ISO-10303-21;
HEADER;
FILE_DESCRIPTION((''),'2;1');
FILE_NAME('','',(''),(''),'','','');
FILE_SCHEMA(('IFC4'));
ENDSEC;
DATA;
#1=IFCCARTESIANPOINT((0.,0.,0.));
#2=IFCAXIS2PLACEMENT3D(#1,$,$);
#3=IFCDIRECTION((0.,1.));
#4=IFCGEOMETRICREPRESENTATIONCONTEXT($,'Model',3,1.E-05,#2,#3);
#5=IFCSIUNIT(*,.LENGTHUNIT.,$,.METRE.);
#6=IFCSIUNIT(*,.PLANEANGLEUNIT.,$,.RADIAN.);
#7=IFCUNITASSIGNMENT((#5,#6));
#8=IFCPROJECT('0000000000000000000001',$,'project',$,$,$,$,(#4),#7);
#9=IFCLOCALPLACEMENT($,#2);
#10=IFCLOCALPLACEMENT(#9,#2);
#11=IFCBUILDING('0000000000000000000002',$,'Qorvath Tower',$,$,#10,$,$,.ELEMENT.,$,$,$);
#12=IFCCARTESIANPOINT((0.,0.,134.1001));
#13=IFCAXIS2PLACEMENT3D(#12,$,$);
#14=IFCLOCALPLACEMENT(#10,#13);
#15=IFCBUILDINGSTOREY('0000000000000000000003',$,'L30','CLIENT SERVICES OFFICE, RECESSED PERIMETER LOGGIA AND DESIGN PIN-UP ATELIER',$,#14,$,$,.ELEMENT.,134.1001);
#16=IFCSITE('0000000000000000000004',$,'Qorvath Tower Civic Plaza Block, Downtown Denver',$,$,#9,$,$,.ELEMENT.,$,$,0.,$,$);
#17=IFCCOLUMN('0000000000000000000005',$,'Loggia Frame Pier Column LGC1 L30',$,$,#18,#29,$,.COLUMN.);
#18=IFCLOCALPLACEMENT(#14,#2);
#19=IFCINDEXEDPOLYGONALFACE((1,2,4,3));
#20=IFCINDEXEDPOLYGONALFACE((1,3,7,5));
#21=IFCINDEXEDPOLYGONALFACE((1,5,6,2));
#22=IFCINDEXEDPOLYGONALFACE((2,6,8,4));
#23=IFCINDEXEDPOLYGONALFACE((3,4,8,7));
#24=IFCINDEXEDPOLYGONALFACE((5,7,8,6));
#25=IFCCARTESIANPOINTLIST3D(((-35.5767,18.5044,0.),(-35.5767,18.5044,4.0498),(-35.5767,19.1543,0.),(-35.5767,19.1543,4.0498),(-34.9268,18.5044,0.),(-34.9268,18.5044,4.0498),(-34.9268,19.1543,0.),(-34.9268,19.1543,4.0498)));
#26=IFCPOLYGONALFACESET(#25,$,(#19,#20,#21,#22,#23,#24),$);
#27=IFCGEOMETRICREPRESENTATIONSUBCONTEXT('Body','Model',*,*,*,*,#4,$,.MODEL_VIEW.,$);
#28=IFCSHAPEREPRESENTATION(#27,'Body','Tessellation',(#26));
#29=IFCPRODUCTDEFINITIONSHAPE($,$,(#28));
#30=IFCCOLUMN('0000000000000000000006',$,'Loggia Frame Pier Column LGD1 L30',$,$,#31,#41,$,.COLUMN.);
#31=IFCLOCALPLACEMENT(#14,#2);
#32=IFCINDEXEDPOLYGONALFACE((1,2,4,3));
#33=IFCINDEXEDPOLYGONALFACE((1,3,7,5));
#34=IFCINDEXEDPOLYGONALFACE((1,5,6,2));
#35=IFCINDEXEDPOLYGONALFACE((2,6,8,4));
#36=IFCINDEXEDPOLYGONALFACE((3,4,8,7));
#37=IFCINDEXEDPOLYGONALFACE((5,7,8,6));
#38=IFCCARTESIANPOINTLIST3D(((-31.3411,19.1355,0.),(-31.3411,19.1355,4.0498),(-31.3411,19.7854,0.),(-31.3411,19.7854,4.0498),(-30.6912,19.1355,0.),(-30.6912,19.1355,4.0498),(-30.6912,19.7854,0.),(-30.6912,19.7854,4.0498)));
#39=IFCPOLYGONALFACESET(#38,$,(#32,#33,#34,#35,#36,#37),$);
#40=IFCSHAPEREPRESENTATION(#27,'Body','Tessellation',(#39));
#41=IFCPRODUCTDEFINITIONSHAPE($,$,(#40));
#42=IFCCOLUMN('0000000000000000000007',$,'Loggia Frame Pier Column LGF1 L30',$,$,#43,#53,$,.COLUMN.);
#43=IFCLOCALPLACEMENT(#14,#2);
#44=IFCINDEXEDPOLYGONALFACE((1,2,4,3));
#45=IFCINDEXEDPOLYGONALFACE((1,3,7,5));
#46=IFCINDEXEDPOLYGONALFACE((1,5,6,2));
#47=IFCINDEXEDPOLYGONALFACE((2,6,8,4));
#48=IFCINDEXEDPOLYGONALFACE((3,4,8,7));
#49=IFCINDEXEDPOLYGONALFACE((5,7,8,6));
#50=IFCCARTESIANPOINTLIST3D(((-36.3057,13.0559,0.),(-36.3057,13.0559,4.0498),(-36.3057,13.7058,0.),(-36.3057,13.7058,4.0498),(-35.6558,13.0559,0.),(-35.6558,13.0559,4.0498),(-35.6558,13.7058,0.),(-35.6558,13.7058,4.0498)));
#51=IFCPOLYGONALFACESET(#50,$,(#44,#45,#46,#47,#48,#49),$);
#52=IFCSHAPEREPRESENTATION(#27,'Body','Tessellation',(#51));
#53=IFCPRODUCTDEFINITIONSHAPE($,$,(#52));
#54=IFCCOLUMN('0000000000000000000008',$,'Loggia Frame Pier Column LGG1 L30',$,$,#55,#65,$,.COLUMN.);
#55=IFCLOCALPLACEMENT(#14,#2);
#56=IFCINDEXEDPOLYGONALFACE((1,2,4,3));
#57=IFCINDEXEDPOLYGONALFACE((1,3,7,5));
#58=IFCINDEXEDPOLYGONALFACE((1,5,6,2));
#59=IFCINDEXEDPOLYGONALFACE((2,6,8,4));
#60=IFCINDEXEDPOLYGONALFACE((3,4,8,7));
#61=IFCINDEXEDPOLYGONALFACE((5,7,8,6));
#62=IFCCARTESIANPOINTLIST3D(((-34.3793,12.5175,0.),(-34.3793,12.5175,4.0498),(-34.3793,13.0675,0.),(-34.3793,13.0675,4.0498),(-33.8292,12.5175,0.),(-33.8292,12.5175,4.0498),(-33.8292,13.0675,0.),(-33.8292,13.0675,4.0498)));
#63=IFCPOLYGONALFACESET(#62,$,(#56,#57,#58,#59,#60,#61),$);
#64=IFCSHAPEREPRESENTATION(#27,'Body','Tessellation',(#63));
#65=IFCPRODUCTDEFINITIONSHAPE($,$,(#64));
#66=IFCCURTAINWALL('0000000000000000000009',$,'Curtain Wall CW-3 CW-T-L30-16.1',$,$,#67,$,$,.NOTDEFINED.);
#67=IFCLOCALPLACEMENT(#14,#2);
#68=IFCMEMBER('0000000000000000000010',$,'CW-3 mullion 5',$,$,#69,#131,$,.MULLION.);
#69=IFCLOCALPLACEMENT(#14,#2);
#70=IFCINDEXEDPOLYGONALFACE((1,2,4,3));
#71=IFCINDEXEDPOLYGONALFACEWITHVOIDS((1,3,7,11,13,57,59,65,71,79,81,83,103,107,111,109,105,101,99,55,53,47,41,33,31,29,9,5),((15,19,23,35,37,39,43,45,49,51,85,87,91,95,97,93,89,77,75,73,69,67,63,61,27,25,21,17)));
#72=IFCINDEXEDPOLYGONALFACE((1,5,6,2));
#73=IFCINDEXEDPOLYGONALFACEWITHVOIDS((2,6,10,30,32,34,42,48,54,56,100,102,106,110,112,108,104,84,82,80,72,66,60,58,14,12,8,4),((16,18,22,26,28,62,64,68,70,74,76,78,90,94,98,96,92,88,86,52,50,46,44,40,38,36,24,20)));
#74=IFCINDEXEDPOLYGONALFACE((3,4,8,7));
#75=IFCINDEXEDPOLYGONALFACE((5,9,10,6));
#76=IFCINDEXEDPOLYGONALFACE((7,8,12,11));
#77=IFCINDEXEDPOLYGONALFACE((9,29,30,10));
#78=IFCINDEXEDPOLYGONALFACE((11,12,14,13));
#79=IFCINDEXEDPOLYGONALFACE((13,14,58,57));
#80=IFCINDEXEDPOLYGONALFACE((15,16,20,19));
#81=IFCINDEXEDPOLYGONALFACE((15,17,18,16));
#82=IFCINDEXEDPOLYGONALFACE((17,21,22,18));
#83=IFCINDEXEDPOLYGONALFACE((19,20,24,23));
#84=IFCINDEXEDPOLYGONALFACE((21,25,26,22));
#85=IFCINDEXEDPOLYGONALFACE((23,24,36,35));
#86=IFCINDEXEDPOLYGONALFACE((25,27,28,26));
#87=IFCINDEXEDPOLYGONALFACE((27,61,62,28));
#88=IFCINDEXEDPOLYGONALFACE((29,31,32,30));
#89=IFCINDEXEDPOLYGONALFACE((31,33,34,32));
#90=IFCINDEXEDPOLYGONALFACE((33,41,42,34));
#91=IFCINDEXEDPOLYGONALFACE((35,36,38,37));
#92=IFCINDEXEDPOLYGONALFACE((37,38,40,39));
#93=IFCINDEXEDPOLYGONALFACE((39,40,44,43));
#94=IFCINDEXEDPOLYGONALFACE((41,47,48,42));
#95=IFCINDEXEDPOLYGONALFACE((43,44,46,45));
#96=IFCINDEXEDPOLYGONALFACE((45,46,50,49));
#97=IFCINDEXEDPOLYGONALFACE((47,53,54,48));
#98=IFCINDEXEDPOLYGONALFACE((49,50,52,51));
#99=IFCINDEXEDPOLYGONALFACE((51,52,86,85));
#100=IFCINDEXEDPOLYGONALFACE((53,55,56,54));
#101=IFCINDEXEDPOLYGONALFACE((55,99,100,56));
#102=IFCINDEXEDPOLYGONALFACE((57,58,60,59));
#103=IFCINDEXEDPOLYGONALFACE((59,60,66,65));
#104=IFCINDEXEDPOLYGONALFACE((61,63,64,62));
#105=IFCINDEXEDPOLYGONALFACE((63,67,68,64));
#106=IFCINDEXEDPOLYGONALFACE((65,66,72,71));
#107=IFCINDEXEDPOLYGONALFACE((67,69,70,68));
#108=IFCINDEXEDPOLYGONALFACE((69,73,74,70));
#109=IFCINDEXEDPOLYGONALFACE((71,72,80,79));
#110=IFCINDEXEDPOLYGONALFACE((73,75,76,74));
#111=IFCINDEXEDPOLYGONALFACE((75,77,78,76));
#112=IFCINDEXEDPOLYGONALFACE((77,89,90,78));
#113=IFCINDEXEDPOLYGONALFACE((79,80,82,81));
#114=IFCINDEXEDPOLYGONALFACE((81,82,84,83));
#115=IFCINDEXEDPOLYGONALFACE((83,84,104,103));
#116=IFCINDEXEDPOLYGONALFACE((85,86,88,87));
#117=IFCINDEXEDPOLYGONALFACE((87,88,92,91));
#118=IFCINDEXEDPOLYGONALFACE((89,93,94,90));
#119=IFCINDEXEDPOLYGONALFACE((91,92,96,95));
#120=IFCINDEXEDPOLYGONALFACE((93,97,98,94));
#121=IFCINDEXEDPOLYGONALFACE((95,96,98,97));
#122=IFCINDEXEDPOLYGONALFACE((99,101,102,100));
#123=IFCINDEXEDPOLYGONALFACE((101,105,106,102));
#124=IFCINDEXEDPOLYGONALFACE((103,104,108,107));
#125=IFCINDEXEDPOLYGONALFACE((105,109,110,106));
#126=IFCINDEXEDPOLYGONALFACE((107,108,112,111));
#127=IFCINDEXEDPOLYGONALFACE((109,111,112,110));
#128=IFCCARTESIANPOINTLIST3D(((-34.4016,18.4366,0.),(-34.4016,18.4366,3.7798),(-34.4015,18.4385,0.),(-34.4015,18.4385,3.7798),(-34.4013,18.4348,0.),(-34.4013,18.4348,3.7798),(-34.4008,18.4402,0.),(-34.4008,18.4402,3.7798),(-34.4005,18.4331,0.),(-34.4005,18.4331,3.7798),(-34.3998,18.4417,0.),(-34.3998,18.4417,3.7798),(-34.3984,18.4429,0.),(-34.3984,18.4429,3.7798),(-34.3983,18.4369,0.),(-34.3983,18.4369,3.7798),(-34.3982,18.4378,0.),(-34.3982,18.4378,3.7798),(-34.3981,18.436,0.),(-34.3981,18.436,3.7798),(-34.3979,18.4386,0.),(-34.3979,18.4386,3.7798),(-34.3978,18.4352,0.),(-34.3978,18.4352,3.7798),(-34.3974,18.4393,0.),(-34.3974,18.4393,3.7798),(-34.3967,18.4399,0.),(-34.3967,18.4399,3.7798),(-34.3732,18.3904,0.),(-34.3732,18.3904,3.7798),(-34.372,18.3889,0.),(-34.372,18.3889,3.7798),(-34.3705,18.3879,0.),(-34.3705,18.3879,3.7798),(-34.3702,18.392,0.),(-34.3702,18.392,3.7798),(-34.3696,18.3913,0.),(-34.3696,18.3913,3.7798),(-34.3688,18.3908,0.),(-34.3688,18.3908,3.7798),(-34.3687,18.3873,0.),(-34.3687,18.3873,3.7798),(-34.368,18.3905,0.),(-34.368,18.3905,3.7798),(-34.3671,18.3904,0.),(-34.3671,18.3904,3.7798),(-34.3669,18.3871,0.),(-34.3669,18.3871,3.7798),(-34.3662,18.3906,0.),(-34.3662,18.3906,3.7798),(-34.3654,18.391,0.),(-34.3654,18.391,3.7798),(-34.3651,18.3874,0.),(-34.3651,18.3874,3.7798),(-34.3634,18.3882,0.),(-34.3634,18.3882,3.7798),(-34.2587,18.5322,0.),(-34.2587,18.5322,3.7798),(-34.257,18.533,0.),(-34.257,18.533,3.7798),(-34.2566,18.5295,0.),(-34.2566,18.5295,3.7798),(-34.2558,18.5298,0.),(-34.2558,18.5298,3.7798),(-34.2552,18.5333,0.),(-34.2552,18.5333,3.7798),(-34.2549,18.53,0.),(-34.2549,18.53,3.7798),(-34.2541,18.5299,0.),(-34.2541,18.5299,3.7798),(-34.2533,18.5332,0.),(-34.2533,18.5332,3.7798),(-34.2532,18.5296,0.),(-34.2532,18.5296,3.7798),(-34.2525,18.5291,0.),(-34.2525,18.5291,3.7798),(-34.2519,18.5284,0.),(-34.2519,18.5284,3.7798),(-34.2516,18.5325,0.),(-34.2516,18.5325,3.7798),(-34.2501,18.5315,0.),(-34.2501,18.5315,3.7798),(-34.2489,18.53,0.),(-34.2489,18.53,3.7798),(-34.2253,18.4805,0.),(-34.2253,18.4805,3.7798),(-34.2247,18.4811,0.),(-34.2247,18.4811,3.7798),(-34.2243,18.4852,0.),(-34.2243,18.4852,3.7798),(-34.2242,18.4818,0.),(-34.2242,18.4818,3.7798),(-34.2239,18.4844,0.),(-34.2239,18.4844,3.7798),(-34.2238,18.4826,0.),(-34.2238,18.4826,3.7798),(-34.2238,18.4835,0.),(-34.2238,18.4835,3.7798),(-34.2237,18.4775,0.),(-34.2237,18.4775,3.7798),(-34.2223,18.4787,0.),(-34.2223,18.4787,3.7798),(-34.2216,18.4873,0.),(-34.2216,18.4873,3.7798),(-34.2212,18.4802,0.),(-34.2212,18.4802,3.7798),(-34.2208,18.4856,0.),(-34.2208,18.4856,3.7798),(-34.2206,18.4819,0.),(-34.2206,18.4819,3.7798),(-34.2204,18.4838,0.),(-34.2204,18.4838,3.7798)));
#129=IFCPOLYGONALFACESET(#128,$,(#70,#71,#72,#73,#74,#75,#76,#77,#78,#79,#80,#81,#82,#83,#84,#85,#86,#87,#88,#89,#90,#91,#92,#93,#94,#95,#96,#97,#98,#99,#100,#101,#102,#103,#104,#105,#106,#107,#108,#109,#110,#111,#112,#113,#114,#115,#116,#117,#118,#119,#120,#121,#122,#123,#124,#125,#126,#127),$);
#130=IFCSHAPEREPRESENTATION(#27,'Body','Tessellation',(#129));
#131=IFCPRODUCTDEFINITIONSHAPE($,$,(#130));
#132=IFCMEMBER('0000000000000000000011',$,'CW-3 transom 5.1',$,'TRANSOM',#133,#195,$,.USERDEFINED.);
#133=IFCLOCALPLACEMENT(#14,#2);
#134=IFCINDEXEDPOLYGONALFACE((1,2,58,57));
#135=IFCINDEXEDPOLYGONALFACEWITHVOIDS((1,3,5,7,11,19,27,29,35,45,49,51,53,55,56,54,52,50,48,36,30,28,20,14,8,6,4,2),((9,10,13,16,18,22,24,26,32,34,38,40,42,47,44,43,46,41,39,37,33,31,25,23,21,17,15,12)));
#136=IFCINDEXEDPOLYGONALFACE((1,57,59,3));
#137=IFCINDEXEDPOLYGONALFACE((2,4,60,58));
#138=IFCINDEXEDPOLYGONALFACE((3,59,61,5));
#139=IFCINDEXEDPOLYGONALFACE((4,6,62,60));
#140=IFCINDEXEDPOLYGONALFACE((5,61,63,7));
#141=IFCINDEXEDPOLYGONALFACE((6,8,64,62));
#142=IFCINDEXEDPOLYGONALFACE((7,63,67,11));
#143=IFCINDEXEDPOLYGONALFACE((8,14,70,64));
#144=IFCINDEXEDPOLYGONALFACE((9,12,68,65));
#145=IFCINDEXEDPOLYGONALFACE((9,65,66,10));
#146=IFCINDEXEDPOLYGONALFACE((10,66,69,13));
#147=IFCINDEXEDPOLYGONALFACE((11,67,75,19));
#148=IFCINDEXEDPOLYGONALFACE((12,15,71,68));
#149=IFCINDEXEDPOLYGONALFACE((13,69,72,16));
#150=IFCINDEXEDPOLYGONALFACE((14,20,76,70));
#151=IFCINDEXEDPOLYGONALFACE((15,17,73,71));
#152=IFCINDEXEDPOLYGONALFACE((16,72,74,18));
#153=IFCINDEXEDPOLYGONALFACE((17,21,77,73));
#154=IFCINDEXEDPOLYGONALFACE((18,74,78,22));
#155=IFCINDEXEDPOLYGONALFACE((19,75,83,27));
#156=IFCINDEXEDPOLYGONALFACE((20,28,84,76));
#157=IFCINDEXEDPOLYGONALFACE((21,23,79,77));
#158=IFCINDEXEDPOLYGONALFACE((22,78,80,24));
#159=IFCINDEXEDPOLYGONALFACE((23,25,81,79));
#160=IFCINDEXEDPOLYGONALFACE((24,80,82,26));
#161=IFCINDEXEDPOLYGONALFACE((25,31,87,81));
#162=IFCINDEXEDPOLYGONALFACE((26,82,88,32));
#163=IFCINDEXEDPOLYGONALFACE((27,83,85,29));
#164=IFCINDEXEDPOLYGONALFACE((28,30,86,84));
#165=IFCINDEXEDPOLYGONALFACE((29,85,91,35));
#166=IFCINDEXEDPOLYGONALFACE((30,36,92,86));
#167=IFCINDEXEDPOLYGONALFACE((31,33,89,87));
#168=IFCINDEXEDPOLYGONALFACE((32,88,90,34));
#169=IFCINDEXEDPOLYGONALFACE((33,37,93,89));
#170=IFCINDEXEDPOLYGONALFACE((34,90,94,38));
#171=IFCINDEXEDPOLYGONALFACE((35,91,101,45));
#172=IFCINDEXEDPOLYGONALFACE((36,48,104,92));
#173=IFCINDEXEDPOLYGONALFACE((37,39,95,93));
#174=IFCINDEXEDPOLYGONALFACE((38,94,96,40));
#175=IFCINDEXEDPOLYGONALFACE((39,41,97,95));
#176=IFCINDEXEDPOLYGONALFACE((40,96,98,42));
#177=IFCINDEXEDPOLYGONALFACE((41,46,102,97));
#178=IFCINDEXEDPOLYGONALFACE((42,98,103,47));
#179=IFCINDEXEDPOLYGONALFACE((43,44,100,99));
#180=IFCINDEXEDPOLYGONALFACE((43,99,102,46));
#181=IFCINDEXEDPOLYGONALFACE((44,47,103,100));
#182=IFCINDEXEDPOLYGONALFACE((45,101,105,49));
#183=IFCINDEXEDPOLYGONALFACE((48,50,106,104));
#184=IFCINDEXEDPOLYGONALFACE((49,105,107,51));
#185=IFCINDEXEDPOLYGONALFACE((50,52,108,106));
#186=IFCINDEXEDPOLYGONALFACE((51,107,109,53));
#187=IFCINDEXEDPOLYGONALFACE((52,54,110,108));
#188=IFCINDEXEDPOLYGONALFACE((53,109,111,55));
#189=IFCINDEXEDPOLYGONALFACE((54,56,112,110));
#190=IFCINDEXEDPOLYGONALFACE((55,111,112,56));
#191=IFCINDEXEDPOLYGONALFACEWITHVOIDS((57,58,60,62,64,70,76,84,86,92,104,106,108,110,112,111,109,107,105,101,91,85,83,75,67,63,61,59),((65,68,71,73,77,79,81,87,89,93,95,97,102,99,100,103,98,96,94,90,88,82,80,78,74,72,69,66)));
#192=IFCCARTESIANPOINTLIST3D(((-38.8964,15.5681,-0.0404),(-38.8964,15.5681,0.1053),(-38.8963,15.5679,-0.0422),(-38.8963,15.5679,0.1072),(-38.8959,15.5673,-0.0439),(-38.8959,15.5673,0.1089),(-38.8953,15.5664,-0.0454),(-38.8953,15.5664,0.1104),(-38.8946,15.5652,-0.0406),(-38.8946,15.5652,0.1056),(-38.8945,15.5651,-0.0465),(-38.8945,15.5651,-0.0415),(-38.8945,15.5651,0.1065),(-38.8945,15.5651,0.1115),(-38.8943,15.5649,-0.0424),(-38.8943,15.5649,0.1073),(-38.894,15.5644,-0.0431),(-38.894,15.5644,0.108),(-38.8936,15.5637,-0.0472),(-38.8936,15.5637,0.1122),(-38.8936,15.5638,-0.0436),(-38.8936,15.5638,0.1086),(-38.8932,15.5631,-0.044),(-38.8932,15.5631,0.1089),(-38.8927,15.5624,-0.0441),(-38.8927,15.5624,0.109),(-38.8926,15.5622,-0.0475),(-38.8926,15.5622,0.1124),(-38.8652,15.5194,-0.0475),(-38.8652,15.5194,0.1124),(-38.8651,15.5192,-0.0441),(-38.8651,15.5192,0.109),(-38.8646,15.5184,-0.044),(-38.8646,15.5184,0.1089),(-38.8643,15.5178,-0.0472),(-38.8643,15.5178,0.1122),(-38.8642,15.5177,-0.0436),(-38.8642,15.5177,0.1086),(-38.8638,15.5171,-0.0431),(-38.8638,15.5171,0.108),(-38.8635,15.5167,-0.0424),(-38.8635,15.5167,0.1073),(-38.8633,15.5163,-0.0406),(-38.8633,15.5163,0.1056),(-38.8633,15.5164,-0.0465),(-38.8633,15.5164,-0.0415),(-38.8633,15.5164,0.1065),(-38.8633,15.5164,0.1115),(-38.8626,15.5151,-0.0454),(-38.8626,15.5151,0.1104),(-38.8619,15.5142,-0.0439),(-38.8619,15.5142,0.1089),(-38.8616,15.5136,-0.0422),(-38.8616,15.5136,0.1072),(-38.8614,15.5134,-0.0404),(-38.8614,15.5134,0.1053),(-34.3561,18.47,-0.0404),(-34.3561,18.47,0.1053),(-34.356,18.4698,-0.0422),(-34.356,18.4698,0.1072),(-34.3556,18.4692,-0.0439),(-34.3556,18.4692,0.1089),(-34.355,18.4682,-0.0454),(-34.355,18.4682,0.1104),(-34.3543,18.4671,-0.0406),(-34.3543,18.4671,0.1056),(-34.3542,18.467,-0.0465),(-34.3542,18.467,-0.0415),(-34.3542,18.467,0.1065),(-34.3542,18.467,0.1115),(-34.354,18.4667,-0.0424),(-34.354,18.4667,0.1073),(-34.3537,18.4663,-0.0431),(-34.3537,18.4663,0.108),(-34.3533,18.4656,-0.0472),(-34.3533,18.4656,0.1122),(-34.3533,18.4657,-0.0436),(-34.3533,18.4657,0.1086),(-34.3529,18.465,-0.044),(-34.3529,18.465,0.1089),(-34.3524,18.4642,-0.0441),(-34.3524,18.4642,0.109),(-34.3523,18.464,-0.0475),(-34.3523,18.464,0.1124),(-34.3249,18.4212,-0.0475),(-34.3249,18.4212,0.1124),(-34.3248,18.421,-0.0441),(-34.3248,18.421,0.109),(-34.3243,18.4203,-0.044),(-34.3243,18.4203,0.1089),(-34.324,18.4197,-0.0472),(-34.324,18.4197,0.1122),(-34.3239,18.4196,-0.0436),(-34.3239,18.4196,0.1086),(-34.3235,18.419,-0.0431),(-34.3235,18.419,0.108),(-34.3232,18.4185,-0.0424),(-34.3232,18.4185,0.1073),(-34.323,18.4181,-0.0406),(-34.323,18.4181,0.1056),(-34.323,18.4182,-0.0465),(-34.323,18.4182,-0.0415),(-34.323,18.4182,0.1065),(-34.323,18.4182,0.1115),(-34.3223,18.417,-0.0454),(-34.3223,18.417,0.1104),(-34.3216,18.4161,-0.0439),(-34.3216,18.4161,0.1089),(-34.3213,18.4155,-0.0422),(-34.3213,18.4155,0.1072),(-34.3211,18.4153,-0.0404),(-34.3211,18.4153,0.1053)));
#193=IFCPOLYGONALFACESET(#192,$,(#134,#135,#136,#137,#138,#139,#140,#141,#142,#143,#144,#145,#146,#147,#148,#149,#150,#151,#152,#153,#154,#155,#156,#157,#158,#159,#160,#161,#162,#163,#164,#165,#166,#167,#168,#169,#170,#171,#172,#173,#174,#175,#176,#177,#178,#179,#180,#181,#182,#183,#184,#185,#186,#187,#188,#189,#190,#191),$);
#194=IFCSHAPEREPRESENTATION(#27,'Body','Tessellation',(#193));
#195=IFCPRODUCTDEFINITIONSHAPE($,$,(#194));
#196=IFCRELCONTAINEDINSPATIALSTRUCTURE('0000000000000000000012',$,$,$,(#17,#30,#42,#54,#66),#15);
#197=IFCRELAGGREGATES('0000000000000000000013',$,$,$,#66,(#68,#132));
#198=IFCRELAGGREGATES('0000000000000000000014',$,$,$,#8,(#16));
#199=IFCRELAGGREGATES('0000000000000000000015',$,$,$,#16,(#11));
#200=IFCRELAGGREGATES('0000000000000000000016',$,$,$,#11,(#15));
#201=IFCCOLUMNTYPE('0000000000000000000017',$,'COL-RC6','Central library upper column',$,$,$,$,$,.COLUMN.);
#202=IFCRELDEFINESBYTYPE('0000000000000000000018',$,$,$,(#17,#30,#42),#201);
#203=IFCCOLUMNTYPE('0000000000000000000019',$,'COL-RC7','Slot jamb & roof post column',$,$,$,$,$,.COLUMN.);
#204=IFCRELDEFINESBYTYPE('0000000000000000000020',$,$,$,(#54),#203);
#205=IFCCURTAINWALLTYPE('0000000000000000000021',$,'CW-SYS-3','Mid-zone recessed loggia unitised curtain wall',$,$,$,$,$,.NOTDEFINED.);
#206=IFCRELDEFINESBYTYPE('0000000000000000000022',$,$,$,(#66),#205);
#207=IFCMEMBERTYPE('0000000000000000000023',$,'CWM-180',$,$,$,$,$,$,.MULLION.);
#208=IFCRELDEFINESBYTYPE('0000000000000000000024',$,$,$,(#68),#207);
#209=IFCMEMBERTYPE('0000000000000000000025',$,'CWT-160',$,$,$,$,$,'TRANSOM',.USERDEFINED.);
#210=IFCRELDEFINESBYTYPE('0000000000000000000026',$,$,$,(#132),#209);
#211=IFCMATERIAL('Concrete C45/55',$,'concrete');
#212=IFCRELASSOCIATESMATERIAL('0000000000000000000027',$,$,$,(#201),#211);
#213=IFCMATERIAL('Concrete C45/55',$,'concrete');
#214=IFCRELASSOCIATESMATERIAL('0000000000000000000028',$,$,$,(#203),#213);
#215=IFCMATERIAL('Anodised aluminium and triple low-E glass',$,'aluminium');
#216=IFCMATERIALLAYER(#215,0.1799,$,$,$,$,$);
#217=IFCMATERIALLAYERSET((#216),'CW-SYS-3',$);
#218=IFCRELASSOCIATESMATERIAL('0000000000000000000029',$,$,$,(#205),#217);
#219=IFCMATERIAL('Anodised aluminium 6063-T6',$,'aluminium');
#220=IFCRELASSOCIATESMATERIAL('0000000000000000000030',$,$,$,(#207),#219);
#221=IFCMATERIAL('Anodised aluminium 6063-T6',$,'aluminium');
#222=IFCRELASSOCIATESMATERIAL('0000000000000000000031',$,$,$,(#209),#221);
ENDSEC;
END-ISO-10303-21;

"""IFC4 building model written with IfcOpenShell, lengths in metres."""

from ifc_helpers import new_model, si_unit, direction, frame, origin, origin_2d, place, context, subcontext, project, spatial, rectangle, hollow_rectangle, extrude, material, layer, layer_set, material_profile, profile_set, type_object, element, aggregate, save


model = new_model("IFC4")

# Units and contexts
model_context = context("Model", 3, precision=1e-05, world=origin(), true_north=direction((0.0, 1.0)))
body_context = subcontext(model_context, "Body", "Model", "MODEL_VIEW")
ifc_project = project(units=[si_unit("LENGTHUNIT", "METRE"), si_unit("PLANEANGLEUNIT", "RADIAN")], contexts=[model_context])

# Site, building, storey
site_placement = place(None, origin())
site = spatial("IfcSite", under=ifc_project, at=site_placement, Name="Qorvath Tower Civic Plaza Block, Downtown Denver", CompositionType="ELEMENT", RefElevation=0.0)
building_placement = place(site_placement, origin())
building = spatial("IfcBuilding", under=site, at=building_placement, Name="Qorvath Tower", CompositionType="ELEMENT")
storey_placement = place(building_placement, frame((0.0, 0.0, 134.1001)))
storey = spatial("IfcBuildingStorey", under=building, at=storey_placement, Name="L30", Description="CLIENT SERVICES OFFICE, RECESSED PERIMETER LOGGIA AND DESIGN PIN-UP ATELIER", CompositionType="ELEMENT", Elevation=134.1001)

# Columns
ifc_material_1 = material(Name="Concrete C45/55", Category="concrete")
ifc_material_profile_1 = material_profile(ifc_material_1, rectangle(XDim=0.6499, YDim=0.6499, at=origin_2d()), Name="RC 650x650")
ifc_profile_set_1 = profile_set([ifc_material_profile_1], Name="Concrete C45/55")
column_type_1 = type_object("IfcColumnType", Name="COL-RC6", Description="Central library upper column", PredefinedType="COLUMN", material=ifc_profile_set_1)
for number, where, z_axis, x_axis, name in (
    (1, (-35.2517, 18.8293, 0.0), (0.0, 0.0, 1.0), (1.0, 0.0, 0.0), "Loggia Frame Pier Column LGC1 L30"),
    (2, (-31.0161, 19.4604, 0.0), (0.0, 0.0, 1.0), (1.0, 0.0, 0.0), "Loggia Frame Pier Column LGD1 L30"),
    (3, (-35.9807, 13.3809, 0.0), (0.0, 0.0, 1.0), (1.0, 0.0, 0.0), "Loggia Frame Pier Column LGF1 L30"),
):
    element("IfcColumn", number, at=place(storey_placement, frame(where, z_axis=z_axis, x_axis=x_axis)), inside=storey, type_object=column_type_1, Name=name, PredefinedType="COLUMN", context=body_context, shape_type="SweptSolid", body=[
        extrude(rectangle(XDim=0.6499, YDim=0.6499, at=origin_2d()), origin(), (0.0, 0.0, 1.0), 4.0498),
    ])
ifc_material_2 = material(Name="Concrete C45/55", Category="concrete")
ifc_material_profile_2 = material_profile(ifc_material_2, rectangle(XDim=0.55, YDim=0.55, at=origin_2d()), Name="RC 550x550")
ifc_profile_set_2 = profile_set([ifc_material_profile_2], Name="Concrete C45/55")
column_type_2 = type_object("IfcColumnType", Name="COL-RC7", Description="Slot jamb & roof post column", PredefinedType="COLUMN", material=ifc_profile_set_2)
column_placement = place(storey_placement, frame((-34.1042, 12.7925, 0.0), z_axis=(0.0, 0.0, 1.0), x_axis=(1.0, 0.0, 0.0)))
element("IfcColumn", 4, at=column_placement, inside=storey, type_object=column_type_2, Name="Loggia Frame Pier Column LGG1 L30", PredefinedType="COLUMN", context=body_context, shape_type="SweptSolid", body=[
    extrude(rectangle(XDim=0.55, YDim=0.55, at=origin_2d()), origin(), (0.0, 0.0, 1.0), 4.0498),
])

# Curtain wall, members
ifc_material_3 = material(Name="Anodised aluminium and triple low-E glass", Category="aluminium")
ifc_layer_1 = layer(ifc_material_3, 0.1799)
ifc_layer_set_1 = layer_set([ifc_layer_1], Name="CW-SYS-3")
curtain_wall_type = type_object("IfcCurtainWallType", Name="CW-SYS-3", Description="Mid-zone recessed loggia unitised curtain wall", PredefinedType="NOTDEFINED", material=ifc_layer_set_1)
curtain_wall_placement = place(storey_placement, origin())
curtain_wall = element("IfcCurtainWall", 5, at=curtain_wall_placement, inside=storey, type_object=curtain_wall_type, Name="Curtain Wall CW-3 CW-T-L30-16.1", PredefinedType="NOTDEFINED")
ifc_material_4 = material(Name="Anodised aluminium 6063-T6", Category="aluminium")
ifc_material_profile_3 = material_profile(ifc_material_4, hollow_rectangle(XDim=0.0649, YDim=0.1799, WallThickness=0.0034, InnerFilletRadius=0.0034, OuterFilletRadius=0.0071, at=origin_2d()), Name="CWM 180x65")
ifc_profile_set_3 = profile_set([ifc_material_profile_3], Name="Anodised aluminium 6063-T6")
member_type_1 = type_object("IfcMemberType", Name="CWM-180", PredefinedType="MULLION", material=ifc_profile_set_3)
member_1_placement = place(storey_placement, frame((-34.311, 18.4602, 0.0), z_axis=(0.0, 0.0, 1.0), x_axis=(0.538534, -0.842604, 0.0)))
member_1 = element("IfcMember", 6, at=member_1_placement, type_object=member_type_1, Name="CW-3 mullion 5", PredefinedType="MULLION", context=body_context, shape_type="SweptSolid", body=[
    extrude(hollow_rectangle(XDim=0.0649, YDim=0.1799, WallThickness=0.0034, InnerFilletRadius=0.0034, OuterFilletRadius=0.0071, at=origin_2d()), origin(), (0.0, 0.0, 1.0), 3.7798),
])
ifc_material_5 = material(Name="Anodised aluminium 6063-T6", Category="aluminium")
ifc_material_profile_4 = material_profile(ifc_material_5, hollow_rectangle(XDim=0.0649, YDim=0.1599, WallThickness=0.0034, InnerFilletRadius=0.0034, OuterFilletRadius=0.0071, at=origin_2d()), Name="CWT 160x65")
ifc_profile_set_4 = profile_set([ifc_material_profile_4], Name="Anodised aluminium 6063-T6")
member_type_2 = type_object("IfcMemberType", Name="CWT-160", ElementType="TRANSOM", PredefinedType="USERDEFINED", material=ifc_profile_set_4)
member_2_placement = place(storey_placement, frame((-34.3386, 18.4426, 0.0325), z_axis=(-0.842602, -0.538537, 0.0), x_axis=(0.538537, -0.842602, 0.0)))
member_2 = element("IfcMember", 7, at=member_2_placement, type_object=member_type_2, Name="CW-3 transom 5.1", ObjectType="TRANSOM", PredefinedType="USERDEFINED", context=body_context, shape_type="SweptSolid", body=[
    extrude(hollow_rectangle(XDim=0.0649, YDim=0.1599, WallThickness=0.0034, InnerFilletRadius=0.0034, OuterFilletRadius=0.0071, at=origin_2d()), origin(), (0.0, 0.0, 1.0), 5.3884),
])
aggregate(curtain_wall, [member_1, member_2])

save(model, "model.ifc")
